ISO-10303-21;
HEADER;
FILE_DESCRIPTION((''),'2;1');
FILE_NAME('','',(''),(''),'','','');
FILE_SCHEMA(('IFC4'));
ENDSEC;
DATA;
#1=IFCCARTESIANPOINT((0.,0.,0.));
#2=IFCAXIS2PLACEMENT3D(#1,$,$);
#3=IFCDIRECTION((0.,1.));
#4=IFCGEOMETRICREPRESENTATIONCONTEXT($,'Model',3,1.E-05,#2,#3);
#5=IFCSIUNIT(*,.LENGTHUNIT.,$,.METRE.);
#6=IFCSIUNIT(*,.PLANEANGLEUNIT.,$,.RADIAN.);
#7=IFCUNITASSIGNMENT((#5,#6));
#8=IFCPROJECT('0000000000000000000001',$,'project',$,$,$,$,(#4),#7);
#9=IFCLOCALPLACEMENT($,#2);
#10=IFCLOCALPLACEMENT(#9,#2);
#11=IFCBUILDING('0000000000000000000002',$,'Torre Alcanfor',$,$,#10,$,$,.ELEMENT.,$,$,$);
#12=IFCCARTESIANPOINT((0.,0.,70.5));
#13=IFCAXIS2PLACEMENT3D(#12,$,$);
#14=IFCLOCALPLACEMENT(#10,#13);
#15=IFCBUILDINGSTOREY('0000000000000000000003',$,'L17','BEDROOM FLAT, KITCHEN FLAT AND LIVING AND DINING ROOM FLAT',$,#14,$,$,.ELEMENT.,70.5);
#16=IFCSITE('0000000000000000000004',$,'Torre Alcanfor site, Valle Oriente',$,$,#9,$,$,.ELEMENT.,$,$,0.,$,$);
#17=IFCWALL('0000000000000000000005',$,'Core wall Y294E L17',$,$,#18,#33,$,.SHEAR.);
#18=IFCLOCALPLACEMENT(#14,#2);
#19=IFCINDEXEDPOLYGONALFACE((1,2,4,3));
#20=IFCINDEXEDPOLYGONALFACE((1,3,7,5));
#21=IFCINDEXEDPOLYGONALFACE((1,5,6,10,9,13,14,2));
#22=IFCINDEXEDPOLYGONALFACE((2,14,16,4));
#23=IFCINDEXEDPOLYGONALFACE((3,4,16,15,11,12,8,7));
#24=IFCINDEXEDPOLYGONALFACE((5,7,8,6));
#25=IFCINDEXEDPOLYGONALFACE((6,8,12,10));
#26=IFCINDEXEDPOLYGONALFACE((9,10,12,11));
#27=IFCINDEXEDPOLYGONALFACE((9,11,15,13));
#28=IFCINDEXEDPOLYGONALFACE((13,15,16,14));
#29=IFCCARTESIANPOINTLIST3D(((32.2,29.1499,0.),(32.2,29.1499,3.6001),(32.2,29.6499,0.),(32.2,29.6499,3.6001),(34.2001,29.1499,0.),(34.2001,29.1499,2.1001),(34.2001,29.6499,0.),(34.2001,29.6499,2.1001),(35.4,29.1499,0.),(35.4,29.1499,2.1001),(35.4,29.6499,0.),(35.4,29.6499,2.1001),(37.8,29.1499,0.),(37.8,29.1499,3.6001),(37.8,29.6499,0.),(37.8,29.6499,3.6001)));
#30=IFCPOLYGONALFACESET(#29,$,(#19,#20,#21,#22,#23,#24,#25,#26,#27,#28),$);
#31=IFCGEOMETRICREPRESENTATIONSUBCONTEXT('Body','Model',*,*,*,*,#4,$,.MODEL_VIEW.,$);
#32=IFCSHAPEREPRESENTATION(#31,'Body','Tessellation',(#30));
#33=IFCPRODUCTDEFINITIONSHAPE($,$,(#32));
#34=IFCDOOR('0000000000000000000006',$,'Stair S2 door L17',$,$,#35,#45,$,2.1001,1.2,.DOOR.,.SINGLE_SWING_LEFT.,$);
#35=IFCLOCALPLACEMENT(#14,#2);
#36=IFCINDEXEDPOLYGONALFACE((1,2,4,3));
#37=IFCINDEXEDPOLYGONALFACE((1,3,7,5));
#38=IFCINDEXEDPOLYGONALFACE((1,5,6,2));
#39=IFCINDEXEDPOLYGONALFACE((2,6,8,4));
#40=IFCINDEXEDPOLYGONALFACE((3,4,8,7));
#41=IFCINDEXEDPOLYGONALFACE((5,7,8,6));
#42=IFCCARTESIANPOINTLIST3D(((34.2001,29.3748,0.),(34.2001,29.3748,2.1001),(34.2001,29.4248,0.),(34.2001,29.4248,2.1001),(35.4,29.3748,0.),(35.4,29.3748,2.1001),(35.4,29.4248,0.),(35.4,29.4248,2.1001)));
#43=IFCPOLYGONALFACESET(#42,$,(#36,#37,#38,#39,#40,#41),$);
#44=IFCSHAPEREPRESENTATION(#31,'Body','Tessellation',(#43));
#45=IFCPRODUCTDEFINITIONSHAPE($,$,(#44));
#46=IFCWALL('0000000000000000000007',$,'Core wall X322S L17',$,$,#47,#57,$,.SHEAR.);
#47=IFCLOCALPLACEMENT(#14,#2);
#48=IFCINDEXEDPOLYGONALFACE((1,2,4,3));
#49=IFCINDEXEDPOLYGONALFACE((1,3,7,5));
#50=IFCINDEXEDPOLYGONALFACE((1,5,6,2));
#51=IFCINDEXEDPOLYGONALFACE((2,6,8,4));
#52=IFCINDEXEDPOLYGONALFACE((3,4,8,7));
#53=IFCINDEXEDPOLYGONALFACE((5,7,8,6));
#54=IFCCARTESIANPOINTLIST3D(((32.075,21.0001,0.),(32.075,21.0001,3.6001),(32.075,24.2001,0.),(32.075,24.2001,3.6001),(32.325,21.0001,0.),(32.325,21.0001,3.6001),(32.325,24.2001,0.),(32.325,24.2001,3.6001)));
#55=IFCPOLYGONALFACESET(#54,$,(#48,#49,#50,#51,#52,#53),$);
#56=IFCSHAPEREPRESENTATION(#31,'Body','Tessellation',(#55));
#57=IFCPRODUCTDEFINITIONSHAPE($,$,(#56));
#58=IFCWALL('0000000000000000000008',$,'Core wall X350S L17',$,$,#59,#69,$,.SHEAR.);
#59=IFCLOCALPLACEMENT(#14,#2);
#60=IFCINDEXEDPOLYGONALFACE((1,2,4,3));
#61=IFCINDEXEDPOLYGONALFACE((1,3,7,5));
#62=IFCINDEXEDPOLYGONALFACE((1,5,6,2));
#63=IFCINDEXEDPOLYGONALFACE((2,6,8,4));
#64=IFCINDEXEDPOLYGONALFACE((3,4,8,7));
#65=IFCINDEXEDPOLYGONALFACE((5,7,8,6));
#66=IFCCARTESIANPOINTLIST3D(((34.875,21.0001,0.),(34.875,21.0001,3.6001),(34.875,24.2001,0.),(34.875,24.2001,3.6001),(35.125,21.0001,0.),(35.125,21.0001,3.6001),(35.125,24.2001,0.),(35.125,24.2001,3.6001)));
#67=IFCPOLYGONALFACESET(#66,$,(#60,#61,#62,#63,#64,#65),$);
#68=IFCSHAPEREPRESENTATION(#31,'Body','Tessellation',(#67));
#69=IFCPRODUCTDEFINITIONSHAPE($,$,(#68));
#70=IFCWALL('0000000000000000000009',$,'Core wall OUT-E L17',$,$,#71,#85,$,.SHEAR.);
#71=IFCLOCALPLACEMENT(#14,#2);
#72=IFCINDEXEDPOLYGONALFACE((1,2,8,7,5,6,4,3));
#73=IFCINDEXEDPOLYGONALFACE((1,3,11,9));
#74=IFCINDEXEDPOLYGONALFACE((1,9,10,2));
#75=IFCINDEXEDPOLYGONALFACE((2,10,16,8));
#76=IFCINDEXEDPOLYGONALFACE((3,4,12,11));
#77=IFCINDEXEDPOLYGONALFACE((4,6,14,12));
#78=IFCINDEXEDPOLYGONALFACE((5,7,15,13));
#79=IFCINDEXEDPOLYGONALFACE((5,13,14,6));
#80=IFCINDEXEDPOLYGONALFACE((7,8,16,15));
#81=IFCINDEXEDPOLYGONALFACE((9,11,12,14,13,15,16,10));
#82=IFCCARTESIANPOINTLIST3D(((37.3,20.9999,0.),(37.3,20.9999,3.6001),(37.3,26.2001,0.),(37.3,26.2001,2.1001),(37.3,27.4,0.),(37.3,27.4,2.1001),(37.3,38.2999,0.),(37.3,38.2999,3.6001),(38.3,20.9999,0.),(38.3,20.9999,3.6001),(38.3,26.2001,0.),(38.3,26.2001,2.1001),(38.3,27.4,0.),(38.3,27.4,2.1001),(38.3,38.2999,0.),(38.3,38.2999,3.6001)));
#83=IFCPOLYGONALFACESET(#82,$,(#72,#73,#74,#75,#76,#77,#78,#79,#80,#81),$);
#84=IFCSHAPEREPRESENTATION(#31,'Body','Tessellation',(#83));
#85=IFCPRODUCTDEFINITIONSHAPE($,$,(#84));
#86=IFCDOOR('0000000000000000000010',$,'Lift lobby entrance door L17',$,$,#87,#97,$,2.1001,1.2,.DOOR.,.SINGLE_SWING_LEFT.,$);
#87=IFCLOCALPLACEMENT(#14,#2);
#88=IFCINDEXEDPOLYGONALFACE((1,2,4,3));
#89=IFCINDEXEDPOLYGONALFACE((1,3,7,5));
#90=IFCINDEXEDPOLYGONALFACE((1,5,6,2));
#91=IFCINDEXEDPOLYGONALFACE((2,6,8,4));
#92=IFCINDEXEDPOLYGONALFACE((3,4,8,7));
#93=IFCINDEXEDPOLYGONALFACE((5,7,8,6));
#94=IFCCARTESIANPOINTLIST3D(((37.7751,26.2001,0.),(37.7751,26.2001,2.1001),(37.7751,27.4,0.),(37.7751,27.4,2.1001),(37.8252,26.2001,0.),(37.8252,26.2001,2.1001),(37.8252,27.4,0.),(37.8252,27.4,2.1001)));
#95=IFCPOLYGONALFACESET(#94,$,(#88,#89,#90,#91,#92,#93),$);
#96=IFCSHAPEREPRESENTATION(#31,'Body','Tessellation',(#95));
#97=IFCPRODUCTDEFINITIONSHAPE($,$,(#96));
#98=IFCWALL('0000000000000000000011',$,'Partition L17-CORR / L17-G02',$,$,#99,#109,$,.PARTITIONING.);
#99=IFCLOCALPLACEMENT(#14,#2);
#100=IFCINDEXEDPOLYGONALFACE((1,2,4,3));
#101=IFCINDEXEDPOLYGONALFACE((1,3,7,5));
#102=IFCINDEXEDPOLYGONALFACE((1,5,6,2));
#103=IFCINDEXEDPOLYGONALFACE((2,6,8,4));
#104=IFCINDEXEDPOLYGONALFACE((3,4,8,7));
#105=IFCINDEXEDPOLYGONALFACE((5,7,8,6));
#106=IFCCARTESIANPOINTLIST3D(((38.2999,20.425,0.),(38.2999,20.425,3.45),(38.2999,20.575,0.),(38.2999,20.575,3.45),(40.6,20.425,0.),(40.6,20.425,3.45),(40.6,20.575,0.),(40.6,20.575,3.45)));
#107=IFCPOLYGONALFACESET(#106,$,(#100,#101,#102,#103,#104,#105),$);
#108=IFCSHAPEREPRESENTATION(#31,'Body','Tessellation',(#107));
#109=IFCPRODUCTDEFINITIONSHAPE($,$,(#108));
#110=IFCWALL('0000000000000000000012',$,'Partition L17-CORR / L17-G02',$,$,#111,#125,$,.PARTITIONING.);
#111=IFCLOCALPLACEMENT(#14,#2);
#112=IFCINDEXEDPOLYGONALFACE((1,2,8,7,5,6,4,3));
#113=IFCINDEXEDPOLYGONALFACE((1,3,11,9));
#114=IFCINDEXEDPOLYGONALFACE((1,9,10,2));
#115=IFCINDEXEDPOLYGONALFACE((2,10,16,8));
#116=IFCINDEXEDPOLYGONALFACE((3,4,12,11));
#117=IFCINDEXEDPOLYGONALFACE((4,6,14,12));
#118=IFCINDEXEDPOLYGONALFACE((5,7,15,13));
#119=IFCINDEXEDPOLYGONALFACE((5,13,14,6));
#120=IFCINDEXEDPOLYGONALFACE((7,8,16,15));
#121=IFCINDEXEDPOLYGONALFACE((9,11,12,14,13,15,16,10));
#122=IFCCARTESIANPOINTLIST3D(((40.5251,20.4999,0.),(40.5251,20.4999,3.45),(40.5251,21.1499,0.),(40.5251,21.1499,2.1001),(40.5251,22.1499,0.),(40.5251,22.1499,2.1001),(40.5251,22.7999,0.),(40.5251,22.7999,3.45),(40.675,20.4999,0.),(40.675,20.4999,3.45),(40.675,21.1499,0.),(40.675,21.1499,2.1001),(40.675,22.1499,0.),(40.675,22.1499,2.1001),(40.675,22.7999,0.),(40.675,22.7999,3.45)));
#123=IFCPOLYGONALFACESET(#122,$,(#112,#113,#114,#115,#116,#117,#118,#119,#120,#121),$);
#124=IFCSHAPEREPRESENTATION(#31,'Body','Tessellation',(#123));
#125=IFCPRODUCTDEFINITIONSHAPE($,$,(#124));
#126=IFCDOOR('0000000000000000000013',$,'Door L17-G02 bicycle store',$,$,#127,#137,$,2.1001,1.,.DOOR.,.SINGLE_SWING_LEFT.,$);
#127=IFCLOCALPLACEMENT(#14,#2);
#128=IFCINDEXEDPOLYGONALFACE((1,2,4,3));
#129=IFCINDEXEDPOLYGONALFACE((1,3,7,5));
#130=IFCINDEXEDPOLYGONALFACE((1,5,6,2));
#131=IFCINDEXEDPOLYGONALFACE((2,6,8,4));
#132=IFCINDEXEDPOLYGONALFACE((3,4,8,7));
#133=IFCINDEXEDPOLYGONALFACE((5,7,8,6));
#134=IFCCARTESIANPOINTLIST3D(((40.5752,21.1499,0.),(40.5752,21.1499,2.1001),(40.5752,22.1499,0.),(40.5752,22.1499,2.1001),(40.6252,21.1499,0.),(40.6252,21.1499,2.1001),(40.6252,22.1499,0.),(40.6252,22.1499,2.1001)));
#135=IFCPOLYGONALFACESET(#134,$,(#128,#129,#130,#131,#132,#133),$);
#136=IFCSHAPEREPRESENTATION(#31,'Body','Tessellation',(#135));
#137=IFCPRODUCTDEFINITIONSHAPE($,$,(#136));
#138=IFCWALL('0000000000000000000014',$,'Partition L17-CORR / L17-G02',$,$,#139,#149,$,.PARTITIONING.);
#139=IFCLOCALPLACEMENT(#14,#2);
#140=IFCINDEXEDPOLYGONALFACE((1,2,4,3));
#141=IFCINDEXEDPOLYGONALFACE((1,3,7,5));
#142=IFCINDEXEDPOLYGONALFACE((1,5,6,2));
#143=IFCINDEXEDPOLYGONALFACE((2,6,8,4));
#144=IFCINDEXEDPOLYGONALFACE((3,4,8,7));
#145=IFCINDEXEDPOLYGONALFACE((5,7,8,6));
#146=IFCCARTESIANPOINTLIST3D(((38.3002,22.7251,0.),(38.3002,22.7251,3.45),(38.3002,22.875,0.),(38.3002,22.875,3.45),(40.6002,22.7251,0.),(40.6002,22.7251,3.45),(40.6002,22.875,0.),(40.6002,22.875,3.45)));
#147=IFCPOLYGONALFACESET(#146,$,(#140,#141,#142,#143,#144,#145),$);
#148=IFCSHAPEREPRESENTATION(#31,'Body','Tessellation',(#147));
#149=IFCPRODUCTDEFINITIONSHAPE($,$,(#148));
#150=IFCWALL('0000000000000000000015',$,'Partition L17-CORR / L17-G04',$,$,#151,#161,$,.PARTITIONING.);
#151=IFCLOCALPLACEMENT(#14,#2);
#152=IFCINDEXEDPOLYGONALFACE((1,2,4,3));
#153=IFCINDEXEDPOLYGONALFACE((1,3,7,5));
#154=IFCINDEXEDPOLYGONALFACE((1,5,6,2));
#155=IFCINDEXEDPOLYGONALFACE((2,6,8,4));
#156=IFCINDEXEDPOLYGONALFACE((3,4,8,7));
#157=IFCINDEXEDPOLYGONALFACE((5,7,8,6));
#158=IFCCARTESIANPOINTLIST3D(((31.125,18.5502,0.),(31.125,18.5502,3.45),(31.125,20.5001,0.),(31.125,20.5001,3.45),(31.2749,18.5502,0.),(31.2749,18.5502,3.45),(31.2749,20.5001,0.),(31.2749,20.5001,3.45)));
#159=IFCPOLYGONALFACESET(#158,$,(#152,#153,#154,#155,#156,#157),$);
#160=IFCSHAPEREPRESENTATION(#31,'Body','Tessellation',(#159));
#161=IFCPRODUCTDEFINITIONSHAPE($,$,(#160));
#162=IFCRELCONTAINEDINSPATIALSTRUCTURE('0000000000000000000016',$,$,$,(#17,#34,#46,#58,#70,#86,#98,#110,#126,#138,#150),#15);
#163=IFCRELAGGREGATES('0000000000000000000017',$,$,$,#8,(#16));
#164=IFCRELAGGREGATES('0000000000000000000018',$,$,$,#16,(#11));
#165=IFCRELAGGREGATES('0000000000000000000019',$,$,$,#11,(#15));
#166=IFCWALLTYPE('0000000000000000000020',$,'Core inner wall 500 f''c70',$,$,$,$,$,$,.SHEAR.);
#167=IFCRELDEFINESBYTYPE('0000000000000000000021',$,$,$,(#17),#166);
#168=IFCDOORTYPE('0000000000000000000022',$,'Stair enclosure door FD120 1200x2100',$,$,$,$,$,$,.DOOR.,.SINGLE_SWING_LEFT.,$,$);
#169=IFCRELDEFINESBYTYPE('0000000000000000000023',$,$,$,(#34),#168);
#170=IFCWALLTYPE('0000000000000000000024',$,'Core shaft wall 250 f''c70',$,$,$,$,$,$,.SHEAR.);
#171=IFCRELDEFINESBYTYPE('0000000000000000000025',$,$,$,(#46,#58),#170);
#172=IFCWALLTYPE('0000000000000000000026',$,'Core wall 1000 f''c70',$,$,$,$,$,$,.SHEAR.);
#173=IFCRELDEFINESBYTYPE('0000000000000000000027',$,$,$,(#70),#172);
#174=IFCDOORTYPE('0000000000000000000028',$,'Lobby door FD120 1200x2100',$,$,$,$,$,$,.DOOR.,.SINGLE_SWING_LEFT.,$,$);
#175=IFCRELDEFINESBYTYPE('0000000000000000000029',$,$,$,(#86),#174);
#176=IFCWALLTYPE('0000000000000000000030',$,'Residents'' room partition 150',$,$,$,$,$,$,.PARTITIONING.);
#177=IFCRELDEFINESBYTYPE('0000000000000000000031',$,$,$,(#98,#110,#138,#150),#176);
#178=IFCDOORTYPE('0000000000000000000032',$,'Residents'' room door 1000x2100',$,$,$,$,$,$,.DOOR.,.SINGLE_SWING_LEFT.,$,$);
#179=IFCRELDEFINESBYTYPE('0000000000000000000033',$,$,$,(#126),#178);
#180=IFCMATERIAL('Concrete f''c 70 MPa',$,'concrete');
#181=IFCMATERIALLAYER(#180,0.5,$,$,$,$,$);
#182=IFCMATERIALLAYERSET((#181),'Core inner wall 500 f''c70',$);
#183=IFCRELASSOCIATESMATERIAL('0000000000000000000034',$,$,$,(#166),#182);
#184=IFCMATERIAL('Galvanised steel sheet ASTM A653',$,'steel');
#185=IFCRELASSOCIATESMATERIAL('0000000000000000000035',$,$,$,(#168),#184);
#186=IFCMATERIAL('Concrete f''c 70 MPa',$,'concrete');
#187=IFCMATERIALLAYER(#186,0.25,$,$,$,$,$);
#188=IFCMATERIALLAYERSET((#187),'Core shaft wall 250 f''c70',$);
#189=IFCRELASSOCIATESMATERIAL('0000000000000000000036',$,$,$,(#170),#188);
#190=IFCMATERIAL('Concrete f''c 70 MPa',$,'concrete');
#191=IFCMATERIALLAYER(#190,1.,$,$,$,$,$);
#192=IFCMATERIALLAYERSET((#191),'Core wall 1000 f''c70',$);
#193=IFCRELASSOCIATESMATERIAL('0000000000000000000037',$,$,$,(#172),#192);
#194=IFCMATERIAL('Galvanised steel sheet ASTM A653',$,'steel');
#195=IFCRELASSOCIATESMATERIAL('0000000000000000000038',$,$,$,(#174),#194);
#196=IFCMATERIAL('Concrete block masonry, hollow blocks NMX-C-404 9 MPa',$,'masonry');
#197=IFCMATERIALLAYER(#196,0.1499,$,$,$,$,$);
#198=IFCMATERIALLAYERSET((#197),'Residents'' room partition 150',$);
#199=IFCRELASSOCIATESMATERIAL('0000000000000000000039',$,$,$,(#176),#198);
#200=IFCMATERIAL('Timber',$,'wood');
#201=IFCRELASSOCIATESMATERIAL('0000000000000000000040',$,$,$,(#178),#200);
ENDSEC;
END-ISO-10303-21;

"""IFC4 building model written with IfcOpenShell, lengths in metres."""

from ifc_helpers import new_model, si_unit, direction, frame, frame_2d, origin, place, context, subcontext, project, spatial, rectangle, extrude, material, layer, layer_set, type_object, element, fill, save


model = new_model("IFC4")

# Units and contexts
model_context = context("Model", 3, precision=1e-05, world=origin(), true_north=direction((0.0, 1.0)))
body_context = subcontext(model_context, "Body", "Model", "MODEL_VIEW")
ifc_project = project(units=[si_unit("LENGTHUNIT", "METRE"), si_unit("PLANEANGLEUNIT", "RADIAN")], contexts=[model_context])

# Site, building, storey
site_placement = place(None, origin())
site = spatial("IfcSite", under=ifc_project, at=site_placement, Name="Torre Alcanfor site, Valle Oriente", CompositionType="ELEMENT", RefElevation=0.0)
building_placement = place(site_placement, origin())
building = spatial("IfcBuilding", under=site, at=building_placement, Name="Torre Alcanfor", CompositionType="ELEMENT")
storey_placement = place(building_placement, frame((0.0, 0.0, 70.5)))
storey = spatial("IfcBuildingStorey", under=building, at=storey_placement, Name="L17", Description="BEDROOM FLAT, KITCHEN FLAT AND LIVING AND DINING ROOM FLAT", CompositionType="ELEMENT", Elevation=70.5)

# Shared definitions
ifc_material_1 = material(Name="Concrete f'c 70 MPa", Category="concrete")
ifc_layer_1 = layer(ifc_material_1, 0.5)
ifc_layer_set_1 = layer_set([ifc_layer_1], Name="Core inner wall 500 f'c70")
wall_type_1 = type_object("IfcWallType", Name="Core inner wall 500 f'c70", PredefinedType="SHEAR", material=ifc_layer_set_1)

# Wall, opening, door
wall_1_placement = place(storey_placement, frame((32.2, 29.3999, 0.0), z_axis=(0.0, 0.0, 1.0), x_axis=(1.0, 0.0, 0.0)))
wall_1 = element("IfcWall", 1, at=wall_1_placement, inside=storey, type_object=wall_type_1, Name="Core wall Y294E L17", PredefinedType="SHEAR", context=body_context, shape_type="SweptSolid", body=[
    extrude(rectangle(XDim=5.6001, YDim=0.5, at=frame_2d((2.8, 0.0))), origin(), (0.0, 0.0, 1.0), 3.6001),
])
opening_1_placement = place(wall_1_placement, frame((2.0, 0.0, 0.0)))
opening_1 = element("IfcOpeningElement", 2, at=opening_1_placement, cuts=wall_1, PredefinedType="OPENING", context=body_context, shape_type="SweptSolid", body=[
    extrude(rectangle(XDim=1.2, YDim=2.1001, at=frame_2d((0.6001, 1.05))), frame((0.0, 0.26, 0.0), z_axis=(0.0, -1.0, 0.0), x_axis=(1.0, 0.0, 0.0)), (0.0, 0.0, 1.0), 0.52),
])
ifc_material_2 = material(Name="Galvanised steel sheet ASTM A653", Category="steel")
door_type_1 = type_object("IfcDoorType", Name="Stair enclosure door FD120 1200x2100", OperationType="SINGLE_SWING_LEFT", PredefinedType="DOOR", material=ifc_material_2)
door_1_placement = place(opening_1_placement, origin())
door_1 = element("IfcDoor", 3, at=door_1_placement, inside=storey, type_object=door_type_1, Name="Stair S2 door L17", OperationType="SINGLE_SWING_LEFT", OverallHeight=2.1001, OverallWidth=1.2, PredefinedType="DOOR", context=body_context, shape_type="SweptSolid", body=[
    extrude(rectangle(XDim=1.2, YDim=2.1001, at=frame_2d((0.6001, 1.05))), frame((0.0, 0.0249, 0.0), z_axis=(0.0, -1.0, 0.0), x_axis=(1.0, 0.0, 0.0)), (0.0, 0.0, 1.0), 0.05),
])
fill(opening_1, door_1)

# Walls
ifc_material_3 = material(Name="Concrete f'c 70 MPa", Category="concrete")
ifc_layer_2 = layer(ifc_material_3, 0.25)
ifc_layer_set_2 = layer_set([ifc_layer_2], Name="Core shaft wall 250 f'c70")
wall_type_2 = type_object("IfcWallType", Name="Core shaft wall 250 f'c70", PredefinedType="SHEAR", material=ifc_layer_set_2)
for number, where, z_axis, x_axis, name in (
    (4, (32.2, 21.0, 0.0), (0.0, 0.0, 1.0), (0.0, 1.0, 0.0), "Core wall X322S L17"),
    (5, (35.0, 21.0, 0.0), (0.0, 0.0, 1.0), (0.0, 1.0, 0.0), "Core wall X350S L17"),
):
    element("IfcWall", number, at=place(storey_placement, frame(where, z_axis=z_axis, x_axis=x_axis)), inside=storey, type_object=wall_type_2, Name=name, PredefinedType="SHEAR", context=body_context, shape_type="SweptSolid", body=[
        extrude(rectangle(XDim=3.2, YDim=0.25, at=frame_2d((1.6001, 0.0))), origin(), (0.0, 0.0, 1.0), 3.6001),
    ])

# Wall, opening, door
ifc_material_4 = material(Name="Concrete f'c 70 MPa", Category="concrete")
ifc_layer_3 = layer(ifc_material_4, 1.0)
ifc_layer_set_3 = layer_set([ifc_layer_3], Name="Core wall 1000 f'c70")
wall_type_3 = type_object("IfcWallType", Name="Core wall 1000 f'c70", PredefinedType="SHEAR", material=ifc_layer_set_3)
wall_2_placement = place(storey_placement, frame((37.8, 21.0, 0.0), z_axis=(0.0, 0.0, 1.0), x_axis=(0.0, 1.0, 0.0)))
wall_2 = element("IfcWall", 6, at=wall_2_placement, inside=storey, type_object=wall_type_3, Name="Core wall OUT-E L17", PredefinedType="SHEAR", context=body_context, shape_type="SweptSolid", body=[
    extrude(rectangle(XDim=17.3, YDim=1.0, at=frame_2d((8.6499, 0.0))), origin(), (0.0, 0.0, 1.0), 3.6001),
])
opening_2_placement = place(wall_2_placement, frame((5.2, 0.0, 0.0)))
opening_2 = element("IfcOpeningElement", 7, at=opening_2_placement, cuts=wall_2, PredefinedType="OPENING", context=body_context, shape_type="SweptSolid", body=[
    extrude(rectangle(XDim=1.2, YDim=2.1001, at=frame_2d((0.6001, 1.05))), frame((0.0, 0.51, 0.0), z_axis=(0.0, -1.0, 0.0), x_axis=(1.0, 0.0, 0.0)), (0.0, 0.0, 1.0), 1.02),
])
ifc_material_5 = material(Name="Galvanised steel sheet ASTM A653", Category="steel")
door_type_2 = type_object("IfcDoorType", Name="Lobby door FD120 1200x2100", OperationType="SINGLE_SWING_LEFT", PredefinedType="DOOR", material=ifc_material_5)
door_2_placement = place(opening_2_placement, origin())
door_2 = element("IfcDoor", 8, at=door_2_placement, inside=storey, type_object=door_type_2, Name="Lift lobby entrance door L17", OperationType="SINGLE_SWING_LEFT", OverallHeight=2.1001, OverallWidth=1.2, PredefinedType="DOOR", context=body_context, shape_type="SweptSolid", body=[
    extrude(rectangle(XDim=1.2, YDim=2.1001, at=frame_2d((0.6001, 1.05))), frame((0.0, 0.0249, 0.0), z_axis=(0.0, -1.0, 0.0), x_axis=(1.0, 0.0, 0.0)), (0.0, 0.0, 1.0), 0.05),
])
fill(opening_2, door_2)

# Wall
ifc_material_6 = material(Name="Concrete block masonry, hollow blocks NMX-C-404 9 MPa", Category="masonry")
ifc_layer_4 = layer(ifc_material_6, 0.1499)
ifc_layer_set_4 = layer_set([ifc_layer_4], Name="Residents' room partition 150")
wall_type_4 = type_object("IfcWallType", Name="Residents' room partition 150", PredefinedType="PARTITIONING", material=ifc_layer_set_4)
wall_3_placement = place(storey_placement, frame((38.3, 20.5, 0.0), z_axis=(0.0, 0.0, 1.0), x_axis=(1.0, 0.0, 0.0)))
element("IfcWall", 9, at=wall_3_placement, inside=storey, type_object=wall_type_4, Name="Partition L17-CORR / L17-G02", PredefinedType="PARTITIONING", context=body_context, shape_type="SweptSolid", body=[
    extrude(rectangle(XDim=2.3, YDim=0.1499, at=frame_2d((1.1499, 0.0))), origin(), (0.0, 0.0, 1.0), 3.45),
])

# Wall, opening, door
wall_4_placement = place(storey_placement, frame((40.6001, 20.5, 0.0), z_axis=(0.0, 0.0, 1.0), x_axis=(0.0, 1.0, 0.0)))
wall_4 = element("IfcWall", 10, at=wall_4_placement, inside=storey, type_object=wall_type_4, Name="Partition L17-CORR / L17-G02", PredefinedType="PARTITIONING", context=body_context, shape_type="SweptSolid", body=[
    extrude(rectangle(XDim=2.3, YDim=0.1499, at=frame_2d((1.1499, 0.0))), origin(), (0.0, 0.0, 1.0), 3.45),
])
opening_3_placement = place(wall_4_placement, frame((0.6499, 0.0, 0.0)))
opening_3 = element("IfcOpeningElement", 11, at=opening_3_placement, cuts=wall_4, PredefinedType="OPENING", context=body_context, shape_type="SweptSolid", body=[
    extrude(rectangle(XDim=1.0, YDim=2.1001, at=frame_2d((0.5, 1.05))), frame((0.0, 0.085, 0.0), z_axis=(0.0, -1.0, 0.0), x_axis=(1.0, 0.0, 0.0)), (0.0, 0.0, 1.0), 0.1699),
])
ifc_material_7 = material(Name="Timber", Category="wood")
door_type_3 = type_object("IfcDoorType", Name="Residents' room door 1000x2100", OperationType="SINGLE_SWING_LEFT", PredefinedType="DOOR", material=ifc_material_7)
door_3_placement = place(opening_3_placement, origin())
door_3 = element("IfcDoor", 12, at=door_3_placement, inside=storey, type_object=door_type_3, Name="Door L17-G02 bicycle store", OperationType="SINGLE_SWING_LEFT", OverallHeight=2.1001, OverallWidth=1.0, PredefinedType="DOOR", context=body_context, shape_type="SweptSolid", body=[
    extrude(rectangle(XDim=1.0, YDim=2.1001, at=frame_2d((0.5, 1.05))), frame((0.0, 0.0249, 0.0), z_axis=(0.0, -1.0, 0.0), x_axis=(1.0, 0.0, 0.0)), (0.0, 0.0, 1.0), 0.05),
])
fill(opening_3, door_3)

# Walls
wall_5_placement = place(storey_placement, frame((40.6001, 22.8, 0.0), z_axis=(0.0, 0.0, 1.0), x_axis=(-1.0, 0.0, 0.0)))
element("IfcWall", 13, at=wall_5_placement, inside=storey, type_object=wall_type_4, Name="Partition L17-CORR / L17-G02", PredefinedType="PARTITIONING", context=body_context, shape_type="SweptSolid", body=[
    extrude(rectangle(XDim=2.3, YDim=0.1499, at=frame_2d((1.1499, 0.0))), origin(), (0.0, 0.0, 1.0), 3.45),
])
wall_6_placement = place(storey_placement, frame((31.2, 18.55, 0.0), z_axis=(0.0, 0.0, 1.0), x_axis=(0.0, 1.0, 0.0)))
element("IfcWall", 14, at=wall_6_placement, inside=storey, type_object=wall_type_4, Name="Partition L17-CORR / L17-G04", PredefinedType="PARTITIONING", context=body_context, shape_type="SweptSolid", body=[
    extrude(rectangle(XDim=1.95, YDim=0.1499, at=frame_2d((0.9751, 0.0))), origin(), (0.0, 0.0, 1.0), 3.45),
])

save(model, "model.ifc")
